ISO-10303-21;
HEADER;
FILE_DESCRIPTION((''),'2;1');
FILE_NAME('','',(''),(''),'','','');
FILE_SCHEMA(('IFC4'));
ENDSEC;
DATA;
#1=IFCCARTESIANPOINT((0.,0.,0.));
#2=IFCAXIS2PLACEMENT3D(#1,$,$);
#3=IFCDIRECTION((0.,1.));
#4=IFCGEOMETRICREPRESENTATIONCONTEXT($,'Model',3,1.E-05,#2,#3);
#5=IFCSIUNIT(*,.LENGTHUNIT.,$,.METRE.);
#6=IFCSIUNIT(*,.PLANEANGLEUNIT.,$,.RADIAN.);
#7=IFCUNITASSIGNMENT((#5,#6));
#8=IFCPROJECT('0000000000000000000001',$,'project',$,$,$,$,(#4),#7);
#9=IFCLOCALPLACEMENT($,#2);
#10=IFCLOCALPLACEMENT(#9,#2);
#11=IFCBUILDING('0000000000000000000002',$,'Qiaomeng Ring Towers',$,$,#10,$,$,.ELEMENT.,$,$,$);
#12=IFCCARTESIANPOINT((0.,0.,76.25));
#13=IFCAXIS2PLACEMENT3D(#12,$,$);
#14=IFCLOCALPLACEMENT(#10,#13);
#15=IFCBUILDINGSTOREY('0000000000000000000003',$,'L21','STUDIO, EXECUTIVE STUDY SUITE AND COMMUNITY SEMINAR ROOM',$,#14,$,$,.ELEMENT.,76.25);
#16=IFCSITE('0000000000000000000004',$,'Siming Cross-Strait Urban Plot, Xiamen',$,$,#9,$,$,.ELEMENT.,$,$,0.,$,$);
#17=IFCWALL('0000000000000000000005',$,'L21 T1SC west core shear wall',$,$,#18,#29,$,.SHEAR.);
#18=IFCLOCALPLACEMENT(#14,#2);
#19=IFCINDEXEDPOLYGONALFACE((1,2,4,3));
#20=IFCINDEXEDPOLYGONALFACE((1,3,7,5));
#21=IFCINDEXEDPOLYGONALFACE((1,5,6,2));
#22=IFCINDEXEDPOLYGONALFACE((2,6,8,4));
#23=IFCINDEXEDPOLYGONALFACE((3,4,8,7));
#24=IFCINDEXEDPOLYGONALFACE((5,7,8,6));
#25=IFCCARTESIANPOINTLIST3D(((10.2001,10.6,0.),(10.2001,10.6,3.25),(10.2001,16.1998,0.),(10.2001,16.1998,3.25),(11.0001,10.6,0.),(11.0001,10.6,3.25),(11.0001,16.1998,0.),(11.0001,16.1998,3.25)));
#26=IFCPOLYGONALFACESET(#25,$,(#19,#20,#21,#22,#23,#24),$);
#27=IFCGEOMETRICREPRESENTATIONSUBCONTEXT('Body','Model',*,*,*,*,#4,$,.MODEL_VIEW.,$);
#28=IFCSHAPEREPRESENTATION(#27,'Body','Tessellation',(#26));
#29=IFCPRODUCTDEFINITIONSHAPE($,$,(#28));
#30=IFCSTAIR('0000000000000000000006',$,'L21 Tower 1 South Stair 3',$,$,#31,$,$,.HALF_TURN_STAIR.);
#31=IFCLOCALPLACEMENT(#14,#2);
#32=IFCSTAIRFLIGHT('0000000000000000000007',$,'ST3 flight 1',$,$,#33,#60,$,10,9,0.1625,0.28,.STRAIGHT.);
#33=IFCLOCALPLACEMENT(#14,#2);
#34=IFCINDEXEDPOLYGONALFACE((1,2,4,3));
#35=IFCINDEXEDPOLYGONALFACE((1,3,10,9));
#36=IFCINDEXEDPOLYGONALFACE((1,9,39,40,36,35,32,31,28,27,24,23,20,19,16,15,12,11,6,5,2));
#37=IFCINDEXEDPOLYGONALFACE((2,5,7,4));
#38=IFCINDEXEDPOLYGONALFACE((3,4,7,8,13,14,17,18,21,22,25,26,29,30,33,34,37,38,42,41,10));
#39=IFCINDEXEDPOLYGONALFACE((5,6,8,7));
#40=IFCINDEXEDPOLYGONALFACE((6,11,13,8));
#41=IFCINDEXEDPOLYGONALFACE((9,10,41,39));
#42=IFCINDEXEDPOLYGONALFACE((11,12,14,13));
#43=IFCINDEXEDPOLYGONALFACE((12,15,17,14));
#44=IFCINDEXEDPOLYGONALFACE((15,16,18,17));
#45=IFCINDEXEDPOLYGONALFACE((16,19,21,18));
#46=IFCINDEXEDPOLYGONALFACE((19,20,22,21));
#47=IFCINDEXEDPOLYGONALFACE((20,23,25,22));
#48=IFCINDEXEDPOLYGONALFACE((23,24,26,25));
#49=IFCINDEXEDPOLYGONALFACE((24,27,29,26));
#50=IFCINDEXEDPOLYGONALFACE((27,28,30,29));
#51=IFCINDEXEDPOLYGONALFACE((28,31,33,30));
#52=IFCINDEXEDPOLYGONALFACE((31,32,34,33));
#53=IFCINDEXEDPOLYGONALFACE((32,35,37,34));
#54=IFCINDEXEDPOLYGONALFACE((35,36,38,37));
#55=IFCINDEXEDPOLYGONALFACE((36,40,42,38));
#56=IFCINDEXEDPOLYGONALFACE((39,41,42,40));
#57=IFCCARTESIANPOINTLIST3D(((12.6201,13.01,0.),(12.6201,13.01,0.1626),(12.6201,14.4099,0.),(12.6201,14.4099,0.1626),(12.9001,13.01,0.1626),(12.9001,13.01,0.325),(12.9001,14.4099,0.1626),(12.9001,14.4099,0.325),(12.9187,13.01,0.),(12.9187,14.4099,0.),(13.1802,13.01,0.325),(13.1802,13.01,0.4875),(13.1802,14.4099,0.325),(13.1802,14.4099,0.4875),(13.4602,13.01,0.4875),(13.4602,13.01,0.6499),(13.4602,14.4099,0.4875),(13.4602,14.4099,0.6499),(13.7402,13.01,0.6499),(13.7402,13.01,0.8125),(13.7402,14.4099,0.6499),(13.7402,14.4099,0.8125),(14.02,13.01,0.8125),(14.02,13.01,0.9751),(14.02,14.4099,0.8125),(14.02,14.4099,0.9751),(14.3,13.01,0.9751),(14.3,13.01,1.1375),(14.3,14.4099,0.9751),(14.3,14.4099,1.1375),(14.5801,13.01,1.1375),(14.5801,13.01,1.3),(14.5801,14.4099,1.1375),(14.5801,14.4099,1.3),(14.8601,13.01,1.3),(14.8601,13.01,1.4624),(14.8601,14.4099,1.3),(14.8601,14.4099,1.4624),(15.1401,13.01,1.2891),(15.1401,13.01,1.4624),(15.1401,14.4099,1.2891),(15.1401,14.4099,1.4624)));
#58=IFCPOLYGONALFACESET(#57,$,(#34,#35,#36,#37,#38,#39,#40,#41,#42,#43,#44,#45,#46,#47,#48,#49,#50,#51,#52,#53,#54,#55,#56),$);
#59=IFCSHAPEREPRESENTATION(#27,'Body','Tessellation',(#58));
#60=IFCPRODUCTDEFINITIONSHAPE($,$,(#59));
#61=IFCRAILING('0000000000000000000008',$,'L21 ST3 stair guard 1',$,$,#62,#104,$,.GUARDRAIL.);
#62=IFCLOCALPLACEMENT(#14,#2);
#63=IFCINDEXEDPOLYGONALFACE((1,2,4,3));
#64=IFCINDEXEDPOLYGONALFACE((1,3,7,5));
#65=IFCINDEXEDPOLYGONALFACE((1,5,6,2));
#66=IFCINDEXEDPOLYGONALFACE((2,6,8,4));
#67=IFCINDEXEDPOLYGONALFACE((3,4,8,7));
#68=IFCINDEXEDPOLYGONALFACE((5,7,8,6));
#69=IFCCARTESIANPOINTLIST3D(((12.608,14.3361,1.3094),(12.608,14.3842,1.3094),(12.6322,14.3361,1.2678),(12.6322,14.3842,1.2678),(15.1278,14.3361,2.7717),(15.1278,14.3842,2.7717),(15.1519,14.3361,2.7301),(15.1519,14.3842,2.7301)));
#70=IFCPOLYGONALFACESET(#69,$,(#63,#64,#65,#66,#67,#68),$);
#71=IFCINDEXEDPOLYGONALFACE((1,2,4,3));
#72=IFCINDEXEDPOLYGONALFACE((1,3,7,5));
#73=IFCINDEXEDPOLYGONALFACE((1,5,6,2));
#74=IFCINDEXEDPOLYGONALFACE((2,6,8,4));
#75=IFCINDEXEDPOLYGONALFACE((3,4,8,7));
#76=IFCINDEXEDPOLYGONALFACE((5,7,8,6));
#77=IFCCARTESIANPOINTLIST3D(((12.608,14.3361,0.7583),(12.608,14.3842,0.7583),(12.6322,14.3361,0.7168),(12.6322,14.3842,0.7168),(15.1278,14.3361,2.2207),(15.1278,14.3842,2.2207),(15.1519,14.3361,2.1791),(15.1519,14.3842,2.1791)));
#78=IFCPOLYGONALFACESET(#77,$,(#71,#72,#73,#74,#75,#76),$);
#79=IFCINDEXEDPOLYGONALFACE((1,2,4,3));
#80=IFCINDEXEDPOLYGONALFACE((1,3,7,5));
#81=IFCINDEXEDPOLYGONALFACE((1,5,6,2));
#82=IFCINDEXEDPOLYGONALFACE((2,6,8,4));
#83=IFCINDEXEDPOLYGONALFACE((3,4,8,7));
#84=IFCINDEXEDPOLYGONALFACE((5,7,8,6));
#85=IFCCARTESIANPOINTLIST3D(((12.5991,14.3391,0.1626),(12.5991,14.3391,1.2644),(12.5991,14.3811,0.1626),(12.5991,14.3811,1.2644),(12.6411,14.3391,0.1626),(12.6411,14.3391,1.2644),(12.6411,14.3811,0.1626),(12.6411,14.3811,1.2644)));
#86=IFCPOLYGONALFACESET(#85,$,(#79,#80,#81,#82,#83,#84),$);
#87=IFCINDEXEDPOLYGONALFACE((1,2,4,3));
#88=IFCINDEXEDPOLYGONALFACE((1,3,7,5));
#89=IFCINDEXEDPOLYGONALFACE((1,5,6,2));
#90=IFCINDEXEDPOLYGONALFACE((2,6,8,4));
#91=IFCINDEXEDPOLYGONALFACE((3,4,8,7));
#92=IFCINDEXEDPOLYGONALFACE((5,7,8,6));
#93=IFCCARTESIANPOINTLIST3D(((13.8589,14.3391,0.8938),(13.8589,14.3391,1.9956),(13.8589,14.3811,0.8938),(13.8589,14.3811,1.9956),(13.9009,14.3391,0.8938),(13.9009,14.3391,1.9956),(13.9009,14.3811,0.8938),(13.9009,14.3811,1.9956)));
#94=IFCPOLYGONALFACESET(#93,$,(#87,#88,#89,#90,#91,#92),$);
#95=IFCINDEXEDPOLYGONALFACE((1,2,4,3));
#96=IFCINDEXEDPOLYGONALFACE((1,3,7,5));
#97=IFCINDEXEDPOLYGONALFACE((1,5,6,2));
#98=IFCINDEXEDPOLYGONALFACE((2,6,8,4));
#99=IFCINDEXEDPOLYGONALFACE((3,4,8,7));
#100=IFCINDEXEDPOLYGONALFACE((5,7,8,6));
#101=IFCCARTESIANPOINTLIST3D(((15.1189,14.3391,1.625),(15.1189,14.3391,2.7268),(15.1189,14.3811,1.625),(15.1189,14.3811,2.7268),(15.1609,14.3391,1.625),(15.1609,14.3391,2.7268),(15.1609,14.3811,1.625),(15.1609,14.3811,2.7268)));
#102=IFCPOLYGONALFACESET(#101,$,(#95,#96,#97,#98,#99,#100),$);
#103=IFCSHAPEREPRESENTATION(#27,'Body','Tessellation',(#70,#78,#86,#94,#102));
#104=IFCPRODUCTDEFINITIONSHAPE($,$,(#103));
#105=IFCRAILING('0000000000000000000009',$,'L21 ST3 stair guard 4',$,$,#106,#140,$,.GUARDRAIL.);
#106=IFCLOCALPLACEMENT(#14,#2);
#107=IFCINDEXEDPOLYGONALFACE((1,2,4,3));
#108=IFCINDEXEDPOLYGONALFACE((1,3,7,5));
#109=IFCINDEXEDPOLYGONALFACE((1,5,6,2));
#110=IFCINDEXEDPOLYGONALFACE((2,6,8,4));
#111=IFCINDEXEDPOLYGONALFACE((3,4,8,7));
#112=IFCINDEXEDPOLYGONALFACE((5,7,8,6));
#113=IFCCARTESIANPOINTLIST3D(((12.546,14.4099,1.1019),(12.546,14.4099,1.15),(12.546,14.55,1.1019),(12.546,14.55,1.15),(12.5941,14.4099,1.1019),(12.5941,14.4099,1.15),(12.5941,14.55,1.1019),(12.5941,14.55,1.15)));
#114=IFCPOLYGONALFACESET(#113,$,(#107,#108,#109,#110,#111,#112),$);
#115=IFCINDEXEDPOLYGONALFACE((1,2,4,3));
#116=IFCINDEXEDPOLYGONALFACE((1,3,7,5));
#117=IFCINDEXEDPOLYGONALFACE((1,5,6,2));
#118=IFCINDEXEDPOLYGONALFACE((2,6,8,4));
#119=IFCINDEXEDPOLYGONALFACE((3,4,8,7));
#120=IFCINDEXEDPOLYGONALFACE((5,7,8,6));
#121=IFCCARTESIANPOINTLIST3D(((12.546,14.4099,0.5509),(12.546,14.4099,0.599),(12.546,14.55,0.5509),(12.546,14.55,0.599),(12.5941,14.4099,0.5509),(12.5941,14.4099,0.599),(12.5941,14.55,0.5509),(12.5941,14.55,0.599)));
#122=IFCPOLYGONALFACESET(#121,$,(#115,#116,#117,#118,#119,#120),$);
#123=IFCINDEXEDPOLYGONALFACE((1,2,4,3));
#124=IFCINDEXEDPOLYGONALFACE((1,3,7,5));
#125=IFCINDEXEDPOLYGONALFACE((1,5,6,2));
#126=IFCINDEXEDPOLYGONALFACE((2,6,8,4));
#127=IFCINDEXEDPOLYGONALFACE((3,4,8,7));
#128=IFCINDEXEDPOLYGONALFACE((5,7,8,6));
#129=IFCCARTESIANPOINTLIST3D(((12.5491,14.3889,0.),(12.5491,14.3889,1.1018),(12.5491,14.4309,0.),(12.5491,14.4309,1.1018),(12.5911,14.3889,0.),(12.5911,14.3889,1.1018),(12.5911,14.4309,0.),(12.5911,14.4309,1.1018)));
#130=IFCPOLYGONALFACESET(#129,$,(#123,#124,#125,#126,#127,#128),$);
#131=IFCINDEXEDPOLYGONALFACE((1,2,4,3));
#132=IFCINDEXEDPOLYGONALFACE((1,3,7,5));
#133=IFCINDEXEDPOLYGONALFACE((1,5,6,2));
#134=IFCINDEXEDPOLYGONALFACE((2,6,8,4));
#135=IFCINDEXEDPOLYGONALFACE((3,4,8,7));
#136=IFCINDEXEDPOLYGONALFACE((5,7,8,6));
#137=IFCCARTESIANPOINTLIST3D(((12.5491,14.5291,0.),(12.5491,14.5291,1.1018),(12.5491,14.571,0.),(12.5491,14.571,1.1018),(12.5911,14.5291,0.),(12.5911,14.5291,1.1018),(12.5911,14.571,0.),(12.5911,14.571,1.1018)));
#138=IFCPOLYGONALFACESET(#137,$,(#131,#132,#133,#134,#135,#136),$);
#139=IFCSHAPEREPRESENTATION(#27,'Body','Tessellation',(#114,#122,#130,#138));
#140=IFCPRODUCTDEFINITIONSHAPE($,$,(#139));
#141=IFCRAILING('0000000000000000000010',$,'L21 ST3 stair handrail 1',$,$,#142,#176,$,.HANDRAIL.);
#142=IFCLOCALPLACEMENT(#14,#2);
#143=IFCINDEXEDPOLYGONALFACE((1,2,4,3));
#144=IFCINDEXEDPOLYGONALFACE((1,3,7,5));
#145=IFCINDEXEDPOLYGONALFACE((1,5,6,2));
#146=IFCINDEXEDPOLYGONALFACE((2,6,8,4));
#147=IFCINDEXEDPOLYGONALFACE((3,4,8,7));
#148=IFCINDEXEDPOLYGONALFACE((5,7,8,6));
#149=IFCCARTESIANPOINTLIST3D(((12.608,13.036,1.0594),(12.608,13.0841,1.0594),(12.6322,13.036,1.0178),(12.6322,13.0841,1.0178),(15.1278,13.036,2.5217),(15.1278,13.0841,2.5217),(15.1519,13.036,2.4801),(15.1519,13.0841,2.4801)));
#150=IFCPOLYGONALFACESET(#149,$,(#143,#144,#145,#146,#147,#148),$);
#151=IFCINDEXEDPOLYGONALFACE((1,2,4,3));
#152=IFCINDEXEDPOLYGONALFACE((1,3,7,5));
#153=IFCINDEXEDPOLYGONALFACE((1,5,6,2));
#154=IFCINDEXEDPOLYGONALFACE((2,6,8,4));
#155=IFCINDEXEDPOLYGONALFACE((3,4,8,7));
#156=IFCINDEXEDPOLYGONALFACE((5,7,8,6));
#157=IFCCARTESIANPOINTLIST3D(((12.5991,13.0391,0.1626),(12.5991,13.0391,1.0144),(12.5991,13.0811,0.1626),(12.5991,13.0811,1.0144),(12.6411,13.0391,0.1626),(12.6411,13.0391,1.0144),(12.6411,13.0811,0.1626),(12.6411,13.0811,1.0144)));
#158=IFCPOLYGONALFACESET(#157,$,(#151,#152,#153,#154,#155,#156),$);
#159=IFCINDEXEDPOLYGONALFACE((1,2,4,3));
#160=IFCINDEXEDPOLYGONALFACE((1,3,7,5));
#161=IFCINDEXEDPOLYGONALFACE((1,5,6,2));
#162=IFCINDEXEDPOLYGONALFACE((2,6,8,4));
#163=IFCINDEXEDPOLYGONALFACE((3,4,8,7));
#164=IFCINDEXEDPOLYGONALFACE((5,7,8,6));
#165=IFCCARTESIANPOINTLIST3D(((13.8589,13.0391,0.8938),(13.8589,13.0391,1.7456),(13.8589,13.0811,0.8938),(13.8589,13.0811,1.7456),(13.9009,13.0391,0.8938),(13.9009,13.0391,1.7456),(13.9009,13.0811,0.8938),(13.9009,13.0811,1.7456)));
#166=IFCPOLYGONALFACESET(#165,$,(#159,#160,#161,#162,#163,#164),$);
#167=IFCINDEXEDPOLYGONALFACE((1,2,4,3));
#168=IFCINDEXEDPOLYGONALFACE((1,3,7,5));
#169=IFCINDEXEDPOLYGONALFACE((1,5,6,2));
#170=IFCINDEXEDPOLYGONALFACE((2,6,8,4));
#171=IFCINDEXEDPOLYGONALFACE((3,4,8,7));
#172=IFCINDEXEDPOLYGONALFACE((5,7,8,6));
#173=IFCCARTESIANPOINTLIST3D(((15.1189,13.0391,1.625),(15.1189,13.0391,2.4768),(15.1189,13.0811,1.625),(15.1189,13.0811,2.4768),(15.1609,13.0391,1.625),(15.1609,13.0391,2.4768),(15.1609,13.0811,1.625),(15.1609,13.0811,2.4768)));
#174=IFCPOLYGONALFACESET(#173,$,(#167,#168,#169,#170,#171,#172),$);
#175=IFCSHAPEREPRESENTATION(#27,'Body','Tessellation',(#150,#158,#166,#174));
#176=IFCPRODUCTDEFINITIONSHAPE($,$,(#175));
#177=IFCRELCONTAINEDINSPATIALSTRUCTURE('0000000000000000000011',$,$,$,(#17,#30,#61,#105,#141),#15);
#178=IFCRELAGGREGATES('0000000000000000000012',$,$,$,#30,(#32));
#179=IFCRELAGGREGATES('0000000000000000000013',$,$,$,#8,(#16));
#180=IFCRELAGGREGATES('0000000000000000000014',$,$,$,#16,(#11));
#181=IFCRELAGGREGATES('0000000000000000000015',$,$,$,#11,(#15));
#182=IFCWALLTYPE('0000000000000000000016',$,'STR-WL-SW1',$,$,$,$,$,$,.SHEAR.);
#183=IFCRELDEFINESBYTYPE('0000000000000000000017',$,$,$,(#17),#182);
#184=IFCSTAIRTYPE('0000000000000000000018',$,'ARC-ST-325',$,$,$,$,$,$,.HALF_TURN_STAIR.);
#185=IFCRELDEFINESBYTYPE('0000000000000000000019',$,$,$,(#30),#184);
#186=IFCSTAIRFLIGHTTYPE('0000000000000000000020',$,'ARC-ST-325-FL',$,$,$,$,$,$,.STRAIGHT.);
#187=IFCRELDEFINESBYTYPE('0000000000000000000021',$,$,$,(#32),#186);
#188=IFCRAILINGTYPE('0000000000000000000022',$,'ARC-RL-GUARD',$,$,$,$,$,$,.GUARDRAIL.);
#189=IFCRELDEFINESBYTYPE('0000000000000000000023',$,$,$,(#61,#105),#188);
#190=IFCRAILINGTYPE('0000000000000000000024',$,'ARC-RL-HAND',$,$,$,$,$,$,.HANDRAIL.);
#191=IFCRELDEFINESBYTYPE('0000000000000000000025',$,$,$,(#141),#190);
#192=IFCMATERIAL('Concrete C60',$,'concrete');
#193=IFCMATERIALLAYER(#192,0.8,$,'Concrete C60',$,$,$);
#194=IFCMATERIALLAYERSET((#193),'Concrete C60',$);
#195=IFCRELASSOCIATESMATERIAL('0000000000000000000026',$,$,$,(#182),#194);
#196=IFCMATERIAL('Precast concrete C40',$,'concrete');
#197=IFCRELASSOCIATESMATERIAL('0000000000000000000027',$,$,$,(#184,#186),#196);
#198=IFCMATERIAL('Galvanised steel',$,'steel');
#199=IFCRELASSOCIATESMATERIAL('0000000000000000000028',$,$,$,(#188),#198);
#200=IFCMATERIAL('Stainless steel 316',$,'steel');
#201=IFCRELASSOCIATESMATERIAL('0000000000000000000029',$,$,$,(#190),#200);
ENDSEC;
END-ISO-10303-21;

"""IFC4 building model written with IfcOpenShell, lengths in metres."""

from ifc_helpers import new_model, si_unit, direction, frame, frame_2d, origin, origin_2d, place, context, subcontext, project, spatial, polyline, rectangle, outline, extrude, source, transform, mapped, material, layer, layer_set, type_object, element, aggregate, save


model = new_model("IFC4")

# Units and contexts
model_context = context("Model", 3, precision=1e-05, world=origin(), true_north=direction((0.0, 1.0)))
body_context = subcontext(model_context, "Body", "Model", "MODEL_VIEW")
ifc_project = project(units=[si_unit("LENGTHUNIT", "METRE"), si_unit("PLANEANGLEUNIT", "RADIAN")], contexts=[model_context])

# Site, building, storey
site_placement = place(None, origin())
site = spatial("IfcSite", under=ifc_project, at=site_placement, Name="Siming Cross-Strait Urban Plot, Xiamen", CompositionType="ELEMENT", RefElevation=0.0)
building_placement = place(site_placement, origin())
building = spatial("IfcBuilding", under=site, at=building_placement, Name="Qiaomeng Ring Towers", CompositionType="ELEMENT")
storey_placement = place(building_placement, frame((0.0, 0.0, 76.25)))
storey = spatial("IfcBuildingStorey", under=building, at=storey_placement, Name="L21", Description="STUDIO, EXECUTIVE STUDY SUITE AND COMMUNITY SEMINAR ROOM", CompositionType="ELEMENT", Elevation=76.25)

# Shared definitions
ifc_material_1 = material(Name="Galvanised steel", Category="steel")

# Shared definitions
ifc_material_2 = material(Name="Concrete C60", Category="concrete")
ifc_layer_1 = layer(ifc_material_2, 0.8, Name="Concrete C60")
ifc_layer_set_1 = layer_set([ifc_layer_1], Name="Concrete C60")
wall_type_1 = type_object("IfcWallType", Name="STR-WL-SW1", PredefinedType="SHEAR", material=ifc_layer_set_1)
ifc_material_3 = material(Name="Stainless steel 316", Category="steel")

# Wall
wall_1_placement = place(storey_placement, frame((10.6001, 10.6001, 0.0), z_axis=(0.0, 0.0, 1.0), x_axis=(0.0, 1.0, 0.0)))
element("IfcWall", 1, at=wall_1_placement, inside=storey, type_object=wall_type_1, Name="L21 T1SC west core shear wall", PredefinedType="SHEAR", context=body_context, shape_type="SweptSolid", body=[
    extrude(rectangle(XDim=5.5999, YDim=0.8, at=frame_2d((2.7998, 0.0))), origin(), (0.0, 0.0, 1.0), 3.25),
])

# Stair, stair flight
ifc_material_4 = material(Name="Precast concrete C40", Category="concrete")
stair_type = type_object("IfcStairType", Name="ARC-ST-325", PredefinedType="HALF_TURN_STAIR", material=ifc_material_4)
stair_placement = place(storey_placement, origin())
stair = element("IfcStair", 2, at=stair_placement, inside=storey, type_object=stair_type, Name="L21 Tower 1 South Stair 3", PredefinedType="HALF_TURN_STAIR")
stair_flight_type = type_object("IfcStairFlightType", Name="ARC-ST-325-FL", PredefinedType="STRAIGHT", material=ifc_material_4)
shared_shape_1 = source(origin(), body_context, "Body", "SweptSolid", [
    extrude(outline(polyline([(0.0, 0.0), (0.0, 0.1626), (0.28, 0.1626), (0.28, 0.325), (0.5601, 0.325), (0.5601, 0.4875), (0.8401, 0.4875), (0.8401, 0.6499), (1.1201, 0.6499), (1.1201, 0.8125), (1.3999, 0.8125), (1.3999, 0.9751), (1.6799, 0.9751), (1.6799, 1.1375), (1.96, 1.1375), (1.96, 1.3), (2.24, 1.3), (2.24, 1.4624), (2.52, 1.4624), (2.52, 1.625), (2.52, 1.2891), (0.2986, 0.0), (0.0, 0.0)])), frame((0.0, 0.7, 0.0), z_axis=(0.0, -1.0, 0.0), x_axis=(1.0, 0.0, 0.0)), (0.0, 0.0, 1.0), 1.3999),
])
stair_flight_placement = place(storey_placement, frame((12.6201, 13.71, 0.0), z_axis=(0.0, 0.0, 1.0), x_axis=(1.0, 0.0, 0.0)))
stair_flight = element("IfcStairFlight", 3, at=stair_flight_placement, type_object=stair_flight_type, Name="ST3 flight 1", NumberOfRisers=10, NumberOfTreads=9, PredefinedType="STRAIGHT", RiserHeight=0.1625, TreadLength=0.28, context=body_context, shape_type="MappedRepresentation", body=[
    mapped(shared_shape_1, transform((0.0, 0.0, 0.0), x_axis=(1.0, 0.0, 0.0), y_axis=(0.0, 1.0, 0.0), z_axis=(0.0, 0.0, 1.0), scale=1.0)),
])
aggregate(stair, [stair_flight])

# Railings
railing_type_1 = type_object("IfcRailingType", Name="ARC-RL-GUARD", PredefinedType="GUARDRAIL", material=ifc_material_1)
railing_1_placement = place(storey_placement, frame((12.6201, 14.3601, 0.1626)))
element("IfcRailing", 4, at=railing_1_placement, inside=storey, type_object=railing_type_1, Name="L21 ST3 stair guard 1", PredefinedType="GUARDRAIL", context=body_context, shape_type="SweptSolid", body=[
    extrude(rectangle(XDim=0.0481, YDim=0.0481, at=origin_2d()), frame((0.0, 0.0, 1.126), z_axis=(0.864892, 0.0, 0.501958), x_axis=(0.0, 1.0, 0.0)), (0.0, 0.0, 1.0), 2.9133),
    extrude(rectangle(XDim=0.0481, YDim=0.0481, at=origin_2d()), frame((0.0, 0.0, 0.575), z_axis=(0.864892, 0.0, 0.501958), x_axis=(0.0, 1.0, 0.0)), (0.0, 0.0, 1.0), 2.9133),
    extrude(rectangle(XDim=0.042, YDim=0.042, at=origin_2d()), origin(), (0.0, 0.0, 1.0), 1.1018),
    extrude(rectangle(XDim=0.042, YDim=0.042, at=origin_2d()), frame((1.2598, 0.0, 0.7312)), (0.0, 0.0, 1.0), 1.1018),
    extrude(rectangle(XDim=0.042, YDim=0.042, at=origin_2d()), frame((2.5198, 0.0, 1.4624)), (0.0, 0.0, 1.0), 1.1018),
])
railing_2_placement = place(storey_placement, frame((12.5701, 14.4099, 0.0)))
element("IfcRailing", 5, at=railing_2_placement, inside=storey, type_object=railing_type_1, Name="L21 ST3 stair guard 4", PredefinedType="GUARDRAIL", context=body_context, shape_type="SweptSolid", body=[
    extrude(rectangle(XDim=0.0481, YDim=0.0481, at=origin_2d()), frame((0.0, 0.0, 1.126), z_axis=(0.0, 1.0, 0.0), x_axis=(-1.0, 0.0, 0.0)), (0.0, 0.0, 1.0), 0.1401),
    extrude(rectangle(XDim=0.0481, YDim=0.0481, at=origin_2d()), frame((0.0, 0.0, 0.575), z_axis=(0.0, 1.0, 0.0), x_axis=(-1.0, 0.0, 0.0)), (0.0, 0.0, 1.0), 0.1401),
    extrude(rectangle(XDim=0.042, YDim=0.042, at=origin_2d()), origin(), (0.0, 0.0, 1.0), 1.1018),
    extrude(rectangle(XDim=0.042, YDim=0.042, at=origin_2d()), frame((0.0, 0.1401, 0.0)), (0.0, 0.0, 1.0), 1.1018),
])
railing_type_2 = type_object("IfcRailingType", Name="ARC-RL-HAND", PredefinedType="HANDRAIL", material=ifc_material_3)
railing_3_placement = place(storey_placement, frame((12.6201, 13.0601, 0.1626)))
element("IfcRailing", 6, at=railing_3_placement, inside=storey, type_object=railing_type_2, Name="L21 ST3 stair handrail 1", PredefinedType="HANDRAIL", context=body_context, shape_type="SweptSolid", body=[
    extrude(rectangle(XDim=0.0481, YDim=0.0481, at=origin_2d()), frame((0.0, 0.0, 0.876), z_axis=(0.864892, 0.0, 0.501958), x_axis=(0.0, 1.0, 0.0)), (0.0, 0.0, 1.0), 2.9133),
    extrude(rectangle(XDim=0.042, YDim=0.042, at=origin_2d()), origin(), (0.0, 0.0, 1.0), 0.8518),
    extrude(rectangle(XDim=0.042, YDim=0.042, at=origin_2d()), frame((1.2598, 0.0, 0.7312)), (0.0, 0.0, 1.0), 0.8518),
    extrude(rectangle(XDim=0.042, YDim=0.042, at=origin_2d()), frame((2.5198, 0.0, 1.4624)), (0.0, 0.0, 1.0), 0.8518),
])

save(model, "model.ifc")
